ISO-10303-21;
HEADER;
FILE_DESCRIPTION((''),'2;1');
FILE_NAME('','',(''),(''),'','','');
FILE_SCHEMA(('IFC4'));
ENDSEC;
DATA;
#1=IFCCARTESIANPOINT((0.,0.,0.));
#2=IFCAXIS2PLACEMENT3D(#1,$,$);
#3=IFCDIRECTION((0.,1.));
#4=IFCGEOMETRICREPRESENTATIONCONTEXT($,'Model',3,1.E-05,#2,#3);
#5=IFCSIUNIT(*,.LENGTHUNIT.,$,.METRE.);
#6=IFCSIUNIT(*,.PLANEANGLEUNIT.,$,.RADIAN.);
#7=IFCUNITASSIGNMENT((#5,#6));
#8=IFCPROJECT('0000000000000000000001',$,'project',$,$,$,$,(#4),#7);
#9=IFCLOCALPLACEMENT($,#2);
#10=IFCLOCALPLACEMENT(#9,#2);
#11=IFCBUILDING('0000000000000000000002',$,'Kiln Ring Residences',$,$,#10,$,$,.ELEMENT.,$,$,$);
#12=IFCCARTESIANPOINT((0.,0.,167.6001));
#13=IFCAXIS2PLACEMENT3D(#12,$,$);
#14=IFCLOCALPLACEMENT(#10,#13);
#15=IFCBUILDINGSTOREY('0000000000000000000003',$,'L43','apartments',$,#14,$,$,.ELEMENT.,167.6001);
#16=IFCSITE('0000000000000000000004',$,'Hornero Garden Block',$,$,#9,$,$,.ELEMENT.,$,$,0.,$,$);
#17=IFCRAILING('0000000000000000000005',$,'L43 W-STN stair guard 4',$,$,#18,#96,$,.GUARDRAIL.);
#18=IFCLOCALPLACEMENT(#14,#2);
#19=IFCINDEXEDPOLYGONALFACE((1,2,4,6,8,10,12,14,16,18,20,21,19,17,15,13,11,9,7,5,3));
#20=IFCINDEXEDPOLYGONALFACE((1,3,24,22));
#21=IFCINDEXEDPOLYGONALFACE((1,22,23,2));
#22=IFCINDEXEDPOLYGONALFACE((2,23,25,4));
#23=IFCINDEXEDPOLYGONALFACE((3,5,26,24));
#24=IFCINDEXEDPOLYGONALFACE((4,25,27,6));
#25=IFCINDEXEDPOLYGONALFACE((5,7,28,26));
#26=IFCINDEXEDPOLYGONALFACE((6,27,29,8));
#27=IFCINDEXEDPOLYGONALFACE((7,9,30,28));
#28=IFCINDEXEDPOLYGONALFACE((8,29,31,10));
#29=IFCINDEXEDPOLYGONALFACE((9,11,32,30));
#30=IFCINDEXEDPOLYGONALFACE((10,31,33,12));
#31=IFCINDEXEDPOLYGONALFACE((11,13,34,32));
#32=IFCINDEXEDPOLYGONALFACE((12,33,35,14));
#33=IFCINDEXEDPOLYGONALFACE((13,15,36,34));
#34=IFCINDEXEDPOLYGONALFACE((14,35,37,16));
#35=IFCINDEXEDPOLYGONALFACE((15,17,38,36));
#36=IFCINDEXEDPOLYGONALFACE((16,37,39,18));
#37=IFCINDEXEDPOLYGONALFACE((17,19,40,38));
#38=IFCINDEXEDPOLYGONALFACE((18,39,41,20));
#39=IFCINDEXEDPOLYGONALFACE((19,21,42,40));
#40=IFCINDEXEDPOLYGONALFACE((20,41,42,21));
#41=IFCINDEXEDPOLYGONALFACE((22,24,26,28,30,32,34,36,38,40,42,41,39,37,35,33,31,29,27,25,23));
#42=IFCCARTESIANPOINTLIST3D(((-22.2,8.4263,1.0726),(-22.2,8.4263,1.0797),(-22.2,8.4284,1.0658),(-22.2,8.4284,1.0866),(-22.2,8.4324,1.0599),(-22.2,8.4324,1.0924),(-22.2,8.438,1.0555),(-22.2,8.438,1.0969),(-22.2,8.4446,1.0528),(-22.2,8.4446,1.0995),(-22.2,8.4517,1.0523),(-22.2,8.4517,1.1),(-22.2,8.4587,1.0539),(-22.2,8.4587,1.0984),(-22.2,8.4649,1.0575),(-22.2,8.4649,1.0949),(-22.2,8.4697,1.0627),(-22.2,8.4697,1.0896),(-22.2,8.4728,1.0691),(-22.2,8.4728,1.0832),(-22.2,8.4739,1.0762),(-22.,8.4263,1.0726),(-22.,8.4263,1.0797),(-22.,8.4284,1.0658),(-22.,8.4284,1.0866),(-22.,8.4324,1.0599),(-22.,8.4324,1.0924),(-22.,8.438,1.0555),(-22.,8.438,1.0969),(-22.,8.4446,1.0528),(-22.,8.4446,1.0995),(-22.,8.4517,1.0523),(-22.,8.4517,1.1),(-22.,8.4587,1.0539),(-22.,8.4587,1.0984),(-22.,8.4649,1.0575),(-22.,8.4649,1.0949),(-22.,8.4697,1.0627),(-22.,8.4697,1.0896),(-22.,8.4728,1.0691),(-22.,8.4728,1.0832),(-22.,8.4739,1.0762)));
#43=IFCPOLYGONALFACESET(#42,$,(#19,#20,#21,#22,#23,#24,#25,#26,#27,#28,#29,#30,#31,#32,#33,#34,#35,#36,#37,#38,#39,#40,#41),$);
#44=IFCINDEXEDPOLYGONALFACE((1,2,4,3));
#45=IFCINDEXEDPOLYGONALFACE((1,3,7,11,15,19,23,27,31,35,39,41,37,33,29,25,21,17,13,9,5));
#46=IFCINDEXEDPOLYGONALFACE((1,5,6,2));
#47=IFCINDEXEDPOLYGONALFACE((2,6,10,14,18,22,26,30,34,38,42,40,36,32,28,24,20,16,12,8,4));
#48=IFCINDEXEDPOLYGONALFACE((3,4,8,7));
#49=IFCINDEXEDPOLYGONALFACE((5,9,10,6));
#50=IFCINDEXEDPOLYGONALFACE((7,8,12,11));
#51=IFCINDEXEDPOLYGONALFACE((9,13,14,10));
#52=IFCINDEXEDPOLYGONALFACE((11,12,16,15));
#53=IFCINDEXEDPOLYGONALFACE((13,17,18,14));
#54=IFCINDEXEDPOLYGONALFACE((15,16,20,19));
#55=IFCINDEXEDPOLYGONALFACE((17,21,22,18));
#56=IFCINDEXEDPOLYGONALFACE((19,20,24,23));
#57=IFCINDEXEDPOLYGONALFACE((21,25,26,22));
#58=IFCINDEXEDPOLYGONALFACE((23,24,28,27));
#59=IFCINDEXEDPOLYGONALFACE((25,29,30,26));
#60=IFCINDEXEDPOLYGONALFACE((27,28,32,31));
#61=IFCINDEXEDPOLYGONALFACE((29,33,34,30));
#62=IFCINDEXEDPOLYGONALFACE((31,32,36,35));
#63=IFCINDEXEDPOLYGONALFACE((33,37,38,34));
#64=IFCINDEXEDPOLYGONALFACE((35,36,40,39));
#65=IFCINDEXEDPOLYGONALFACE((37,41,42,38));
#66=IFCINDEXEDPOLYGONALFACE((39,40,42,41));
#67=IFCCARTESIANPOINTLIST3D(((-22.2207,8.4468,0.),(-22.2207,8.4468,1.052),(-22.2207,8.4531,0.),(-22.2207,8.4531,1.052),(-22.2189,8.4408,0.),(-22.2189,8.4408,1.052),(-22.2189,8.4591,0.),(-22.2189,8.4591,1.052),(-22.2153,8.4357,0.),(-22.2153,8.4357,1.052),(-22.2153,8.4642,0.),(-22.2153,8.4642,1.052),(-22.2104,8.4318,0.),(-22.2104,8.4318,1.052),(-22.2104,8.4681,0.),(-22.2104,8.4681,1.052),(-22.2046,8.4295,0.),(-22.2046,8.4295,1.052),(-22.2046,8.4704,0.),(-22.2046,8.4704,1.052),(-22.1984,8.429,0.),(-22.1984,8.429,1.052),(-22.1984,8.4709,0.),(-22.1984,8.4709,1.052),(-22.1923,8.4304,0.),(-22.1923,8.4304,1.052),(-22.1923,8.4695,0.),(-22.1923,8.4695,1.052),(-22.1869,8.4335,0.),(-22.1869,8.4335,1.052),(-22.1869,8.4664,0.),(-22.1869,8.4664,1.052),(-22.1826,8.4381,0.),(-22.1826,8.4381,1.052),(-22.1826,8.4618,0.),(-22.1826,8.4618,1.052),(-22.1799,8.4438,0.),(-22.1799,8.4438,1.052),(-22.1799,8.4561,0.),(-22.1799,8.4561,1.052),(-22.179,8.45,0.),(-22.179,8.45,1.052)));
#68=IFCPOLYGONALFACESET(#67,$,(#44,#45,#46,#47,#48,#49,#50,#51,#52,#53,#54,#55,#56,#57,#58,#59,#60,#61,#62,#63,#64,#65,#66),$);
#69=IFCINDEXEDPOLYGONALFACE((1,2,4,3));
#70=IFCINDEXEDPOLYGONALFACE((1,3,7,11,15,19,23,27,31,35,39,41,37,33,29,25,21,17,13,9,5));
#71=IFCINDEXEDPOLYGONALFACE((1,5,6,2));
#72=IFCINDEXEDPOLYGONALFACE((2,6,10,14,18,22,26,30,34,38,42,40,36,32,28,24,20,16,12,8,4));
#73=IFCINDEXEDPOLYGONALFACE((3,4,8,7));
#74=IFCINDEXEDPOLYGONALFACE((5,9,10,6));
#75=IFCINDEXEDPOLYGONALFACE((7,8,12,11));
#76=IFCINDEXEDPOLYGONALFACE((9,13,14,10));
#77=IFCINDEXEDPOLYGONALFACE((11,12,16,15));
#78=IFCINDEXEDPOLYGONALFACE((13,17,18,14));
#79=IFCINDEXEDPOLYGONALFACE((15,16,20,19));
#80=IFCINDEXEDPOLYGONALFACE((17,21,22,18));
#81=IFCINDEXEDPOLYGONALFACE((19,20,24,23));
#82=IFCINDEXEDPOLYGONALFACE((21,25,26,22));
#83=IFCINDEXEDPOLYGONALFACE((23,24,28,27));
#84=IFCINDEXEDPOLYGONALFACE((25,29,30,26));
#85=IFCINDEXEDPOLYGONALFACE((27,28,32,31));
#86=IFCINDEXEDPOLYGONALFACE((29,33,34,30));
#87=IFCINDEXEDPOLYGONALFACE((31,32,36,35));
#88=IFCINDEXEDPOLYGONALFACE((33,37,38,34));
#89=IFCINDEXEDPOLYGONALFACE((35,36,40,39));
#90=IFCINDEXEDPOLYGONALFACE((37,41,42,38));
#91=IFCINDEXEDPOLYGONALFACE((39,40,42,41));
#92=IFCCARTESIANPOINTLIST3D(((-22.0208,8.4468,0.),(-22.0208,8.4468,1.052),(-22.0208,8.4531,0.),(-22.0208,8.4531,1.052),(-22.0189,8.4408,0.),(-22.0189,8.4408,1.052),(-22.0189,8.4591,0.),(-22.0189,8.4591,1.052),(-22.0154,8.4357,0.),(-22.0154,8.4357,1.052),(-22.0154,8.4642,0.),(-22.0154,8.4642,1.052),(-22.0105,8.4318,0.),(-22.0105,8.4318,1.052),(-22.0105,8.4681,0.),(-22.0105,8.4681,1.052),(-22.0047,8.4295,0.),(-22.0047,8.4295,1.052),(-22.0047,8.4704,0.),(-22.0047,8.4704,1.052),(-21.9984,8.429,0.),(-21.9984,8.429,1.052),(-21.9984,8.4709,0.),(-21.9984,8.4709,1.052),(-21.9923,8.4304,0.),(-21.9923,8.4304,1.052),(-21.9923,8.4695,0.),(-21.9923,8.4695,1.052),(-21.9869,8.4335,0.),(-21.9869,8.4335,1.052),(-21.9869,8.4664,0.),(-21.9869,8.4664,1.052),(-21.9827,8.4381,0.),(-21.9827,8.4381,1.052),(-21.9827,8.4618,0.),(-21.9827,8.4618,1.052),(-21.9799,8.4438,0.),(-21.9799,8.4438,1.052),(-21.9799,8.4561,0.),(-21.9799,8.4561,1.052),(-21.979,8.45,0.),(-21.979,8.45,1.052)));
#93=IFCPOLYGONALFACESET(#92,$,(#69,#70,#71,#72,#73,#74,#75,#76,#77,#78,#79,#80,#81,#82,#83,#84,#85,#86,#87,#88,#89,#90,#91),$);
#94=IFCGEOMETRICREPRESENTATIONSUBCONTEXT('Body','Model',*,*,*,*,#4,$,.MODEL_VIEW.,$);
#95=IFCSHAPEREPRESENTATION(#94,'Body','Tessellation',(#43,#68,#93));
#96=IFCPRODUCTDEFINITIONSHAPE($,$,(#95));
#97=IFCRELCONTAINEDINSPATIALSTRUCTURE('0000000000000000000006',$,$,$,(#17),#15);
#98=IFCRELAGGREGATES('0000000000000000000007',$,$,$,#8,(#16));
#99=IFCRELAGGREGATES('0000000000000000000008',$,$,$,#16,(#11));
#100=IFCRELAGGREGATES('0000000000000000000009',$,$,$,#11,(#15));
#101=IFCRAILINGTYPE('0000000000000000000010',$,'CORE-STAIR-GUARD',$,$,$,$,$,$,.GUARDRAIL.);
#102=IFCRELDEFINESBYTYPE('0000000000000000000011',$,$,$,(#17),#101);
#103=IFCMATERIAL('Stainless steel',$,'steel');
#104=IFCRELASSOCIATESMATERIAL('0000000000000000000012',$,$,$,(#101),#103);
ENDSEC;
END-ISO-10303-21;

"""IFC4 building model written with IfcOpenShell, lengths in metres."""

from ifc_helpers import new_model, si_unit, direction, frame, origin, origin_2d, place, context, subcontext, project, spatial, circle, extrude, material, type_object, element, save


model = new_model("IFC4")

# Units and contexts
model_context = context("Model", 3, precision=1e-05, world=origin(), true_north=direction((0.0, 1.0)))
body_context = subcontext(model_context, "Body", "Model", "MODEL_VIEW")
ifc_project = project(units=[si_unit("LENGTHUNIT", "METRE"), si_unit("PLANEANGLEUNIT", "RADIAN")], contexts=[model_context])

# Site, building, storey
site_placement = place(None, origin())
site = spatial("IfcSite", under=ifc_project, at=site_placement, Name="Hornero Garden Block", CompositionType="ELEMENT", RefElevation=0.0)
building_placement = place(site_placement, origin())
building = spatial("IfcBuilding", under=site, at=building_placement, Name="Kiln Ring Residences", CompositionType="ELEMENT")
storey_placement = place(building_placement, frame((0.0, 0.0, 167.6001)))
storey = spatial("IfcBuildingStorey", under=building, at=storey_placement, Name="L43", Description="apartments", CompositionType="ELEMENT", Elevation=167.6001)

# Railing
ifc_material_1 = material(Name="Stainless steel", Category="steel")
railing_type_1 = type_object("IfcRailingType", Name="CORE-STAIR-GUARD", PredefinedType="GUARDRAIL", material=ifc_material_1)
railing_1_placement = place(storey_placement, frame((-22.2, 8.45, 0.0)))
element("IfcRailing", 1, at=railing_1_placement, inside=storey, type_object=railing_type_1, Name="L43 W-STN stair guard 4", PredefinedType="GUARDRAIL", context=body_context, shape_type="SweptSolid", body=[
    extrude(circle(Radius=0.0239, at=origin_2d()), frame((0.0, 0.0, 1.0762), z_axis=(1.0, 0.0, 0.0), x_axis=(0.0, 1.0, 0.0)), (0.0, 0.0, 1.0), 0.2),
    extrude(circle(Radius=0.021, at=origin_2d()), origin(), (0.0, 0.0, 1.0), 1.052),
    extrude(circle(Radius=0.021, at=origin_2d()), frame((0.2, 0.0, 0.0)), (0.0, 0.0, 1.0), 1.052),
])

save(model, "model.ifc")
